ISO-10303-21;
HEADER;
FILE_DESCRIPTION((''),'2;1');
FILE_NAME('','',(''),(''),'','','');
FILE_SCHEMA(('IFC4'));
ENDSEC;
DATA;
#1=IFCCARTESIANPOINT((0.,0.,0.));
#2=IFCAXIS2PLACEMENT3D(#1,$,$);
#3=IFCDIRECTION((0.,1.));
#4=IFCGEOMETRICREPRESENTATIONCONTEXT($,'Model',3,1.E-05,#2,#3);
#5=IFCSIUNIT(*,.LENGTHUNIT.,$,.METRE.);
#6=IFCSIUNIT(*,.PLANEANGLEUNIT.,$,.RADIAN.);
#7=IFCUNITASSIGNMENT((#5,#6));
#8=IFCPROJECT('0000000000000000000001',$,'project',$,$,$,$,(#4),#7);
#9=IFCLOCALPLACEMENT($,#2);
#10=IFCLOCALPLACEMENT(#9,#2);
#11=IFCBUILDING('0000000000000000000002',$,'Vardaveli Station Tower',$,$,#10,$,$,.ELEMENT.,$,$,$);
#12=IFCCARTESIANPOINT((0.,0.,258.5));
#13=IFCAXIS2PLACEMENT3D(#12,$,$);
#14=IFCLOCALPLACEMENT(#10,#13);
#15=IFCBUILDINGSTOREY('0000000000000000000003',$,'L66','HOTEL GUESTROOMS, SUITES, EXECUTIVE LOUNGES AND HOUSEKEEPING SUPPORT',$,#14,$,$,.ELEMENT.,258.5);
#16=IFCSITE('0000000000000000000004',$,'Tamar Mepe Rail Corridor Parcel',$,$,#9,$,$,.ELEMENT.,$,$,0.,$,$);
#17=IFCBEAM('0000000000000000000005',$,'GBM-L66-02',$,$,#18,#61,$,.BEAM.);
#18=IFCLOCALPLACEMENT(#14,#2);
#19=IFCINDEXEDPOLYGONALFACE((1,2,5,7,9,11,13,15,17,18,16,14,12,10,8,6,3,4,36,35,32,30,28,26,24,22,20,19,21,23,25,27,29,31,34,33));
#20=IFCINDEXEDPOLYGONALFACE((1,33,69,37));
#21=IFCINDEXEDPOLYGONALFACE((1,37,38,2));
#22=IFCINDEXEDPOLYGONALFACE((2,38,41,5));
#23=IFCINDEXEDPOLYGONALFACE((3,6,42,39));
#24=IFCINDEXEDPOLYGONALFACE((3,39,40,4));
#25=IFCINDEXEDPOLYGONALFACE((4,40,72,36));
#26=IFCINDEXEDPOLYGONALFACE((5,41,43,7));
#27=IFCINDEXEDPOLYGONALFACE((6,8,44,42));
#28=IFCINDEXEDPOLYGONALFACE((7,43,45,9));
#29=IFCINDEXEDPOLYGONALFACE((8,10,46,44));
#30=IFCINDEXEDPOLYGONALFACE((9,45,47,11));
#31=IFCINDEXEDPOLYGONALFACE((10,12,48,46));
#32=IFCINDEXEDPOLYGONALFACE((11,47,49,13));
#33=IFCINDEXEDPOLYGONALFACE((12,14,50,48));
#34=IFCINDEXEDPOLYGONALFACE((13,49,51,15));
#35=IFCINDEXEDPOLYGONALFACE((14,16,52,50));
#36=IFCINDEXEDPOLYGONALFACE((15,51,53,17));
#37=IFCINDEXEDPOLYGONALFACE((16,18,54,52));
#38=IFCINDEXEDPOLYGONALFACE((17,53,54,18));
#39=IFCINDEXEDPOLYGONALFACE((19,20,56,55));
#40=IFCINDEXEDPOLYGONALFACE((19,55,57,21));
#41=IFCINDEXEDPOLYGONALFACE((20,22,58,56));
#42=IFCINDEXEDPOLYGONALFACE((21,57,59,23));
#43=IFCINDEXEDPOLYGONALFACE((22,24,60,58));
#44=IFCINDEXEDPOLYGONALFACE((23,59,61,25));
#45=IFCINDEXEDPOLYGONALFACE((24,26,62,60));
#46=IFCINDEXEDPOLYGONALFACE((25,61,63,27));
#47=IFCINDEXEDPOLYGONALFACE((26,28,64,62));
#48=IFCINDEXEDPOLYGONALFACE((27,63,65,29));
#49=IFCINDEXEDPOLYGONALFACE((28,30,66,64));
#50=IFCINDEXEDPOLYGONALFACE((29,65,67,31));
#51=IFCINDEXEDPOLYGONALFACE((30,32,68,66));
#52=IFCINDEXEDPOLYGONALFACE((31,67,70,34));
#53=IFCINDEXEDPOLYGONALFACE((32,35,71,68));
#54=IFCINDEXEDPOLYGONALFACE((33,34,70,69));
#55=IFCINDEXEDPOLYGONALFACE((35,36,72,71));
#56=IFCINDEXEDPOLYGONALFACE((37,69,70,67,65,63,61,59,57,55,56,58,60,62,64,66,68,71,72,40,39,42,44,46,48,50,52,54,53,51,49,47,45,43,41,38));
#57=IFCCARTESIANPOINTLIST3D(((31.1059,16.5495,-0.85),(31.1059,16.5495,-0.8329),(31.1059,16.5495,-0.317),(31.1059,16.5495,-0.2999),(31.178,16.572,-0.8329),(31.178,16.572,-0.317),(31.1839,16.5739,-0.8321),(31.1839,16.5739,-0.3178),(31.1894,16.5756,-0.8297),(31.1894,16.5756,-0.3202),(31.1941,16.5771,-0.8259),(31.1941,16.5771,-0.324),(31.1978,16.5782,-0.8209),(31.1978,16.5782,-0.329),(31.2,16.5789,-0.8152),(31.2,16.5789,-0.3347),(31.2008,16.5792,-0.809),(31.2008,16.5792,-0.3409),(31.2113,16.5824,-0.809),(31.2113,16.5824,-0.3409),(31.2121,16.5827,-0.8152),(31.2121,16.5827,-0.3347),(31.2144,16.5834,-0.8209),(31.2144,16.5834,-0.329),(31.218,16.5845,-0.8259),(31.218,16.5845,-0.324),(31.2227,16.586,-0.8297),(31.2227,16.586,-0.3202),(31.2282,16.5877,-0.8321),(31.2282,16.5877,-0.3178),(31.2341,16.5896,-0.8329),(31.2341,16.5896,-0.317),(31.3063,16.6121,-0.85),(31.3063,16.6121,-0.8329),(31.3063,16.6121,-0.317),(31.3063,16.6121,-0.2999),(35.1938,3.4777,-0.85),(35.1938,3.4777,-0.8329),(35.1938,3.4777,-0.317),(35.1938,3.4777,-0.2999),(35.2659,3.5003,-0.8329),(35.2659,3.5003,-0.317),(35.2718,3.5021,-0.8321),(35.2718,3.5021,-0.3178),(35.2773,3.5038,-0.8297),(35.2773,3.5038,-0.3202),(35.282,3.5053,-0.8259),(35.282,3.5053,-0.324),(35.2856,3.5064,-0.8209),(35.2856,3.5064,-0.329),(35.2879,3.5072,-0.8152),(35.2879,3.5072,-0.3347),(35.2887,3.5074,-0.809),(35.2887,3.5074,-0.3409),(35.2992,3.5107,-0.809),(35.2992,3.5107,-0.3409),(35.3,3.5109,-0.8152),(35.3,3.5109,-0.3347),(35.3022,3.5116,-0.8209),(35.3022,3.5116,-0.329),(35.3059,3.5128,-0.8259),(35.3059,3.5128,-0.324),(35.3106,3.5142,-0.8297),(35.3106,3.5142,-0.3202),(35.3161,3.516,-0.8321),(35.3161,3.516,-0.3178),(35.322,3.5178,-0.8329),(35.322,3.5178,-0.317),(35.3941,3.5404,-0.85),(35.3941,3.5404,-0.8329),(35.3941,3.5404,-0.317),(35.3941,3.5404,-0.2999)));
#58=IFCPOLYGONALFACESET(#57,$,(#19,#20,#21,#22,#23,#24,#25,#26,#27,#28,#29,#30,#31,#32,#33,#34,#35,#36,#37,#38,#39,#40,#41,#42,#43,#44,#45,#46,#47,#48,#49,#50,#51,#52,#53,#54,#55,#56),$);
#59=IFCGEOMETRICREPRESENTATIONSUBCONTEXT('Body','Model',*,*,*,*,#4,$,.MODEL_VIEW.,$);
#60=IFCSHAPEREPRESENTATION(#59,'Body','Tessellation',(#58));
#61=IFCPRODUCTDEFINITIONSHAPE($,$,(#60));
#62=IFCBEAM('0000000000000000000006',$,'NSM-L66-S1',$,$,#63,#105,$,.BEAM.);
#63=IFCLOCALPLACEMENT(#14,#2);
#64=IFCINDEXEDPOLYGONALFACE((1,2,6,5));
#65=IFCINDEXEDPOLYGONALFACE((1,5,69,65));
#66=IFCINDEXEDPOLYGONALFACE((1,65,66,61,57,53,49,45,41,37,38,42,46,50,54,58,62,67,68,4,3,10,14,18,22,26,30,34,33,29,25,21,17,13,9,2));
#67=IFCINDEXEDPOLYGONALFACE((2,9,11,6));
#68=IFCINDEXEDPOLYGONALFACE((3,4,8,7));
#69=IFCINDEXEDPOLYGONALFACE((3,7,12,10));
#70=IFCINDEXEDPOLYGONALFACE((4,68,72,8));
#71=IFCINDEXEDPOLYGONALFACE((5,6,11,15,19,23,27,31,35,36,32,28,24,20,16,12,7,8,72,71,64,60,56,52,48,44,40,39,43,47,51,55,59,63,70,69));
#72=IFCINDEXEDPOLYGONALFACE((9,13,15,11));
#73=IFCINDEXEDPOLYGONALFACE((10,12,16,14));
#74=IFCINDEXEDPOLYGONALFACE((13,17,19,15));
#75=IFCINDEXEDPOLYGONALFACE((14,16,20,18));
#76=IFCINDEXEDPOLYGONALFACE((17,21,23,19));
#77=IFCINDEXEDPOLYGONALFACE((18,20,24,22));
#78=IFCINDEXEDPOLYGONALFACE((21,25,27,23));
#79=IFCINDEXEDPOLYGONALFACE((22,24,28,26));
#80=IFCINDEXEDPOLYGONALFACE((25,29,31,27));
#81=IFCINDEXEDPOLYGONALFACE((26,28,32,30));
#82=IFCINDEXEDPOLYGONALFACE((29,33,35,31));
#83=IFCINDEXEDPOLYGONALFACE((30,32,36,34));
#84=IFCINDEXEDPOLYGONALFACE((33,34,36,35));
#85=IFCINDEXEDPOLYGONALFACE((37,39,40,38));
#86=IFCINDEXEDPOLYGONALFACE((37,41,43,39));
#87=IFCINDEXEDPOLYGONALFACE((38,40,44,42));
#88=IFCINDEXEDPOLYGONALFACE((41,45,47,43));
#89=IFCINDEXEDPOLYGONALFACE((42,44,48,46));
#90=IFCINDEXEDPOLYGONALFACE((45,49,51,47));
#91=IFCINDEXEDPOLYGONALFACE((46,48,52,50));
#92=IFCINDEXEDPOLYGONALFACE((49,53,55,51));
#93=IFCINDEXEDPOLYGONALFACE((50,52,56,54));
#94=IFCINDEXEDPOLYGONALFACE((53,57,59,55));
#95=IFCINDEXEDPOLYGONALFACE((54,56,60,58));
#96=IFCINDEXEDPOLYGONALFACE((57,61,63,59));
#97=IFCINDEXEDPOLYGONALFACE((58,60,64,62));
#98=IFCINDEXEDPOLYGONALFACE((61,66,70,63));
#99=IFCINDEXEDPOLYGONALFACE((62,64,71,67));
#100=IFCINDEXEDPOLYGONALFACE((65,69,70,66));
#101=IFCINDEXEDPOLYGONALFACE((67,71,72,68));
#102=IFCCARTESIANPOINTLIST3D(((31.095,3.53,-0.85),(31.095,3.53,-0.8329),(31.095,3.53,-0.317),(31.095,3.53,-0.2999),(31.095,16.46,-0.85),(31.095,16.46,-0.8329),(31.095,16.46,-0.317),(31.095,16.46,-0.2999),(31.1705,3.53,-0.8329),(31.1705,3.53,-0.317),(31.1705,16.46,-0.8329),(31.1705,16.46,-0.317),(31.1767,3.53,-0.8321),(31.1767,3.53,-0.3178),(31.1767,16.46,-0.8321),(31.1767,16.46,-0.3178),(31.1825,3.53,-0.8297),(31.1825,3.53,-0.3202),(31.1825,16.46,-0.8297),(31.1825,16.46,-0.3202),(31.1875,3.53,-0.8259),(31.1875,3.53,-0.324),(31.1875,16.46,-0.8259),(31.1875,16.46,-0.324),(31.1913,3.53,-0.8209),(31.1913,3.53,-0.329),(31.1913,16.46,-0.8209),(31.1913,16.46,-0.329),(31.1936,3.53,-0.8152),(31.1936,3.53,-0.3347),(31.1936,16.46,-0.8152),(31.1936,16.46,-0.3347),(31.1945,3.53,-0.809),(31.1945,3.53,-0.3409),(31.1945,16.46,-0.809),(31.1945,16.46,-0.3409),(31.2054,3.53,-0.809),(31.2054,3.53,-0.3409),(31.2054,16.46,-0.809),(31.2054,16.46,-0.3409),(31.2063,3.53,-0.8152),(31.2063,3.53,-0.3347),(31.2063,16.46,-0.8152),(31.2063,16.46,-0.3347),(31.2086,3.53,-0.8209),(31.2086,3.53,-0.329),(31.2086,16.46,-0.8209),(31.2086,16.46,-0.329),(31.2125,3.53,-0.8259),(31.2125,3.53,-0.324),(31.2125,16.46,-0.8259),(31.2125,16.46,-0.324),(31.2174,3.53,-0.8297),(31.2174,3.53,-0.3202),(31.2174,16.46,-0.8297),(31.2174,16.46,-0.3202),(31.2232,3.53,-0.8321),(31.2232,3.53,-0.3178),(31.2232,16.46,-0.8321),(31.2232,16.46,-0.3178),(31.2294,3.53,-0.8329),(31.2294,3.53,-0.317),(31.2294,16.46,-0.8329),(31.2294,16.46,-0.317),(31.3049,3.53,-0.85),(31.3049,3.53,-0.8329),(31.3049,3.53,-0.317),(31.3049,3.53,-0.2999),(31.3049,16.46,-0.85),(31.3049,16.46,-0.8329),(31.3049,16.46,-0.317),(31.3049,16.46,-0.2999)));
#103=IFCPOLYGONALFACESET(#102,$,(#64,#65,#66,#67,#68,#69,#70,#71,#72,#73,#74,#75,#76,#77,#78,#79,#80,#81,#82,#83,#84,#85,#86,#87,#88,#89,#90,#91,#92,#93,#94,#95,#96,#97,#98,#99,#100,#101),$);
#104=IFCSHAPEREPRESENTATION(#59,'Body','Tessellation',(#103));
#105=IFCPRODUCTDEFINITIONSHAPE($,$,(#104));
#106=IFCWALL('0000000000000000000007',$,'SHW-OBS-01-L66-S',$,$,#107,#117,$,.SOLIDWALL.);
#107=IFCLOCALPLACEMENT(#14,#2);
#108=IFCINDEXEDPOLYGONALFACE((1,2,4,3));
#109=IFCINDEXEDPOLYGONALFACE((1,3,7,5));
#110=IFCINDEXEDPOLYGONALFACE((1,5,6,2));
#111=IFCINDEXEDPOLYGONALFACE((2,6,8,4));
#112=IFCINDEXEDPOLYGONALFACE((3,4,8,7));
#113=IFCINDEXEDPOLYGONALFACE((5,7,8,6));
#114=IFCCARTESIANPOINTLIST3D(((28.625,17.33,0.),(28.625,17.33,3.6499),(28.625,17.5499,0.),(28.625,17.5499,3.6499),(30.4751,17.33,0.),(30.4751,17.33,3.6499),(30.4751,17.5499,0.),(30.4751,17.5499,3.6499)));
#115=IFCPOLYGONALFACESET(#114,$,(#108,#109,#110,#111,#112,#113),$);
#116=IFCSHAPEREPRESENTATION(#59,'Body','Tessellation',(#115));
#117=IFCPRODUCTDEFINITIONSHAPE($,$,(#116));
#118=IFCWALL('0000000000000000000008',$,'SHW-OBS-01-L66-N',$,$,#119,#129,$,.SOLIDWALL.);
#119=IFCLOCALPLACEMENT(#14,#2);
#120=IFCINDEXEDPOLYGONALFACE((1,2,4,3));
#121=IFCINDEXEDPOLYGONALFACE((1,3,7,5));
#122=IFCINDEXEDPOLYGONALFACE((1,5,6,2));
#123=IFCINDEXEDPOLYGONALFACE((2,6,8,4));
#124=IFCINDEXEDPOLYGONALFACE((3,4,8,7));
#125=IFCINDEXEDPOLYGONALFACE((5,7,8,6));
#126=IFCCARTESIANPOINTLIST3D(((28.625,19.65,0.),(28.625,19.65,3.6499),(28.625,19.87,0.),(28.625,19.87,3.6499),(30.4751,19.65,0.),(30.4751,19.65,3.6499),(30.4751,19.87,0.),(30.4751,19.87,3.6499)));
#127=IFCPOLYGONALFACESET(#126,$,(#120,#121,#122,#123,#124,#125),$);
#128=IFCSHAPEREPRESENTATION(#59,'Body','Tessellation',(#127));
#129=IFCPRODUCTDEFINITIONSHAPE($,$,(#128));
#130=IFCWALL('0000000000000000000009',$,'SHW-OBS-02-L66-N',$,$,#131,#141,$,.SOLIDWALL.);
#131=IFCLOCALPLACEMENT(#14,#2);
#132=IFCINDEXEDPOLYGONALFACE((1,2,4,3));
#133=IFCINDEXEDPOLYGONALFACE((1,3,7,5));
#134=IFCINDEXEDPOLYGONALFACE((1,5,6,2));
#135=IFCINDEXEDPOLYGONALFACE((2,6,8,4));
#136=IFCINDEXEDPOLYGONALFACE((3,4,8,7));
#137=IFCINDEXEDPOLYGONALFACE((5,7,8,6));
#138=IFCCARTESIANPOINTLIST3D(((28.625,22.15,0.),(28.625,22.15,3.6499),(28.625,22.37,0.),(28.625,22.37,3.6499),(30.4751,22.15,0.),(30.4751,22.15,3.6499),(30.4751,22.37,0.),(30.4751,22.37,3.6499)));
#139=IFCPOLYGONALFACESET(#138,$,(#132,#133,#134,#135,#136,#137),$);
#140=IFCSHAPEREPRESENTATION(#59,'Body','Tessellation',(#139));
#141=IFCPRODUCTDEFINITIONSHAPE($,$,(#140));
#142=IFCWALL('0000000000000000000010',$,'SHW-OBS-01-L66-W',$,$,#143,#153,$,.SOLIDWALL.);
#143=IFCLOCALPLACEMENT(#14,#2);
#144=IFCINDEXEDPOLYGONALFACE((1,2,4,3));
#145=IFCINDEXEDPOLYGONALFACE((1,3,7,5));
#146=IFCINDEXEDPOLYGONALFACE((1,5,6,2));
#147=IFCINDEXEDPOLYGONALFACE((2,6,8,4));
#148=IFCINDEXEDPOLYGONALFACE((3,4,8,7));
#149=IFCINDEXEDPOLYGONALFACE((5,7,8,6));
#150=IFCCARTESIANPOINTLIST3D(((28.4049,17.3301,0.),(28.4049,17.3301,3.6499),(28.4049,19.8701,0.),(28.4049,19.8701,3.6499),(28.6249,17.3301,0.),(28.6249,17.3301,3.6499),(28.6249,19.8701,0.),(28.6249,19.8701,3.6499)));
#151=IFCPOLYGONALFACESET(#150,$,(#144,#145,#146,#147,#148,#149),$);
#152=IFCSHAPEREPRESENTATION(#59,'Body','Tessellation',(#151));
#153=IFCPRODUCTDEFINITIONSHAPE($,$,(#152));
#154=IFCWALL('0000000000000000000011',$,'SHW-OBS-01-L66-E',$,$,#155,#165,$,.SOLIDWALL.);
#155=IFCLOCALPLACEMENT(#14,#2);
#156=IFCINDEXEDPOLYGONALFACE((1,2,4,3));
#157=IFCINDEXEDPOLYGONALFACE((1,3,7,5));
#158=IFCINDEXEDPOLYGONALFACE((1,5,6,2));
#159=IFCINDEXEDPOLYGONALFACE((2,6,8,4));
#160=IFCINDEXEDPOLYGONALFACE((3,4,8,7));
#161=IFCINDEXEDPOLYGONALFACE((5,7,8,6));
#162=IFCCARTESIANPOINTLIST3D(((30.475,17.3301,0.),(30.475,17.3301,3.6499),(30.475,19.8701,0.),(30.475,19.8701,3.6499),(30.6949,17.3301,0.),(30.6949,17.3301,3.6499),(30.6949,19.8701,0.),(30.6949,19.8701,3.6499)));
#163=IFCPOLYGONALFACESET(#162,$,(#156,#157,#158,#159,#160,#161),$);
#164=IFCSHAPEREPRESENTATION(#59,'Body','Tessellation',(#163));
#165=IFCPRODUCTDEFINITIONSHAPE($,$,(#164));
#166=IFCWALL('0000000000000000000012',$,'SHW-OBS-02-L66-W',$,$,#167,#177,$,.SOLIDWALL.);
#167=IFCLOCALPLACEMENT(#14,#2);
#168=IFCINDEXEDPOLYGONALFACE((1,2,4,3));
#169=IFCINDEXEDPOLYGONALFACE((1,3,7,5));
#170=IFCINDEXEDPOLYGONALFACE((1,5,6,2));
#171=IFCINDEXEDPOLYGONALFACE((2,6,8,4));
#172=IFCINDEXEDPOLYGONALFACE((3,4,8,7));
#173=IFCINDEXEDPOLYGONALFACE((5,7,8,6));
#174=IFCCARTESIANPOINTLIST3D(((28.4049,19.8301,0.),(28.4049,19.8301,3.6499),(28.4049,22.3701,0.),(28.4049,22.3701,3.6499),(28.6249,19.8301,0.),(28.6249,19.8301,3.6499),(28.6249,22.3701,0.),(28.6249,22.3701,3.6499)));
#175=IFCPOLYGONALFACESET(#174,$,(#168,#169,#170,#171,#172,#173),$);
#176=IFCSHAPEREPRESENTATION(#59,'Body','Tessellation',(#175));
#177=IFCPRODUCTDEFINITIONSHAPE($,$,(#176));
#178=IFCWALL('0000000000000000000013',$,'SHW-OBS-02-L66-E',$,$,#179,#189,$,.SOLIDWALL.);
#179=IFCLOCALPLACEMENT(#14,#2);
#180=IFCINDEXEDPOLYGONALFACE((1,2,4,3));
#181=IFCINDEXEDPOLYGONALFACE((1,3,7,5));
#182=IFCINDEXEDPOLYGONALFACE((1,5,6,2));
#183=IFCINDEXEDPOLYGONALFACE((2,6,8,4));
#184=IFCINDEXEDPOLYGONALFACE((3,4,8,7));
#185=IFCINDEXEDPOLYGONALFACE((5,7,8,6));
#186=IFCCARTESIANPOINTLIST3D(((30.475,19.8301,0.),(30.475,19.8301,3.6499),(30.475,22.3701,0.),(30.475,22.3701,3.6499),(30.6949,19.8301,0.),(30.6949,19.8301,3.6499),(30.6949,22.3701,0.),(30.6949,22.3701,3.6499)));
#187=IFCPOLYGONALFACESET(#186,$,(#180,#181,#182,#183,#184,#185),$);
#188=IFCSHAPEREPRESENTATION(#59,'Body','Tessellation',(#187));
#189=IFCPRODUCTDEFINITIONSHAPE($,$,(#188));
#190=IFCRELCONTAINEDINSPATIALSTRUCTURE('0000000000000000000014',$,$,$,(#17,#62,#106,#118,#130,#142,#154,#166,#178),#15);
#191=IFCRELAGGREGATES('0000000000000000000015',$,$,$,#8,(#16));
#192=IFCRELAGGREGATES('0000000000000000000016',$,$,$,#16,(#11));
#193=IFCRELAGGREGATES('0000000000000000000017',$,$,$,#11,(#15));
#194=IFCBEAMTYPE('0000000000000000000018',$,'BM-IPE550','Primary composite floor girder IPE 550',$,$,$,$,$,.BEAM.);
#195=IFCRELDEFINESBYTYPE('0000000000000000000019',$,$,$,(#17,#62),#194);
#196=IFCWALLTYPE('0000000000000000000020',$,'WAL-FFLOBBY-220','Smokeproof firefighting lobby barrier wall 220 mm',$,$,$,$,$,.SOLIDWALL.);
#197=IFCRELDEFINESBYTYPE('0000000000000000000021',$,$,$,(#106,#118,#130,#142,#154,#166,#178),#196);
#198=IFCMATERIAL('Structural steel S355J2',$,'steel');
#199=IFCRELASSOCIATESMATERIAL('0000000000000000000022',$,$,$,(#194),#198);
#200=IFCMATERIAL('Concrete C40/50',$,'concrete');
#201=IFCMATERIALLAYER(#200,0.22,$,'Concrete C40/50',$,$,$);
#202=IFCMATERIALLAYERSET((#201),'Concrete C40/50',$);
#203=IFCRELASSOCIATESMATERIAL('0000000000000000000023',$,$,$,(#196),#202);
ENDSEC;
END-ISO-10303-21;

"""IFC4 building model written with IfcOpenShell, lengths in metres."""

from ifc_helpers import new_model, si_unit, direction, frame, frame_2d, origin, origin_2d, place, context, subcontext, project, spatial, rectangle, i_section, extrude, source, transform, mapped, material, layer, layer_set, material_profile, profile_set, type_object, element, save


model = new_model("IFC4")

# Units and contexts
model_context = context("Model", 3, precision=1e-05, world=origin(), true_north=direction((0.0, 1.0)))
body_context = subcontext(model_context, "Body", "Model", "MODEL_VIEW")
ifc_project = project(units=[si_unit("LENGTHUNIT", "METRE"), si_unit("PLANEANGLEUNIT", "RADIAN")], contexts=[model_context])

# Site, building, storey
site_placement = place(None, origin())
site = spatial("IfcSite", under=ifc_project, at=site_placement, Name="Tamar Mepe Rail Corridor Parcel", CompositionType="ELEMENT", RefElevation=0.0)
building_placement = place(site_placement, origin())
building = spatial("IfcBuilding", under=site, at=building_placement, Name="Vardaveli Station Tower", CompositionType="ELEMENT")
storey_placement = place(building_placement, frame((0.0, 0.0, 258.5)))
storey = spatial("IfcBuildingStorey", under=building, at=storey_placement, Name="L66", Description="HOTEL GUESTROOMS, SUITES, EXECUTIVE LOUNGES AND HOUSEKEEPING SUPPORT", CompositionType="ELEMENT", Elevation=258.5)

# Beams
ifc_material_1 = material(Name="Structural steel S355J2", Category="steel")
ifc_material_profile_1 = material_profile(ifc_material_1, i_section(OverallWidth=0.21, OverallDepth=0.55, WebThickness=0.011, FlangeThickness=0.0171, FilletRadius=0.0239, at=origin_2d()), Name="IPE 550")
ifc_profile_set_1 = profile_set([ifc_material_profile_1], Name="Structural steel S355J2")
beam_type_1 = type_object("IfcBeamType", Name="BM-IPE550", Description="Primary composite floor girder IPE 550", PredefinedType="BEAM", material=ifc_profile_set_1)
shared_shape_1 = source(origin(), body_context, "Body", "SweptSolid", [
    extrude(i_section(OverallWidth=0.21, OverallDepth=0.55, WebThickness=0.011, FlangeThickness=0.0171, FilletRadius=0.0239, at=origin_2d()), origin(), (0.0, 0.0, 1.0), 13.696),
])
beam_1_placement = place(storey_placement, frame((35.2939, 3.509, -0.575), z_axis=(-0.298472, 0.954418, 0.0), x_axis=(-0.954418, -0.298472, 0.0)))
element("IfcBeam", 1, at=beam_1_placement, inside=storey, type_object=beam_type_1, Name="GBM-L66-02", PredefinedType="BEAM", context=body_context, shape_type="MappedRepresentation", body=[
    mapped(shared_shape_1, transform((0.0, 0.0, 0.0), scale=1.0)),
])
shared_shape_2 = source(origin(), body_context, "Body", "SweptSolid", [
    extrude(i_section(OverallWidth=0.21, OverallDepth=0.55, WebThickness=0.011, FlangeThickness=0.0171, FilletRadius=0.0239, at=origin_2d()), origin(), (0.0, 0.0, 1.0), 12.9299),
])
beam_2_placement = place(storey_placement, frame((31.2, 3.53, -0.575), z_axis=(0.0, 1.0, 0.0), x_axis=(-1.0, 0.0, 0.0)))
element("IfcBeam", 2, at=beam_2_placement, inside=storey, type_object=beam_type_1, Name="NSM-L66-S1", PredefinedType="BEAM", context=body_context, shape_type="MappedRepresentation", body=[
    mapped(shared_shape_2, transform((0.0, 0.0, 0.0), scale=1.0)),
])

# Walls
ifc_material_2 = material(Name="Concrete C40/50", Category="concrete")
ifc_layer_1 = layer(ifc_material_2, 0.22, Name="Concrete C40/50")
ifc_layer_set_1 = layer_set([ifc_layer_1], Name="Concrete C40/50")
wall_type_1 = type_object("IfcWallType", Name="WAL-FFLOBBY-220", Description="Smokeproof firefighting lobby barrier wall 220 mm", PredefinedType="SOLIDWALL", material=ifc_layer_set_1)
shared_shape_3 = source(origin(), body_context, "Body", "SweptSolid", [
    extrude(rectangle(XDim=1.8501, YDim=0.22, at=frame_2d((0.925, 0.0))), origin(), (0.0, 0.0, 1.0), 3.6499),
])
for number, where, z_axis, x_axis, name in (
    (3, (28.625, 17.4399, 0.0), (0.0, 0.0, 1.0), (1.0, 0.0, 0.0), "SHW-OBS-01-L66-S"),
    (4, (28.625, 19.76, 0.0), (0.0, 0.0, 1.0), (1.0, 0.0, 0.0), "SHW-OBS-01-L66-N"),
    (5, (28.625, 22.26, 0.0), (0.0, 0.0, 1.0), (1.0, 0.0, 0.0), "SHW-OBS-02-L66-N"),
):
    element("IfcWall", number, at=place(storey_placement, frame(where, z_axis=z_axis, x_axis=x_axis)), inside=storey, type_object=wall_type_1, Name=name, PredefinedType="SOLIDWALL", context=body_context, shape_type="MappedRepresentation", body=[
        mapped(shared_shape_3, transform((0.0, 0.0, 0.0), scale=1.0)),
    ])
shared_shape_4 = source(origin(), body_context, "Body", "SweptSolid", [
    extrude(rectangle(XDim=2.54, YDim=0.22, at=frame_2d((1.27, 0.0))), origin(), (0.0, 0.0, 1.0), 3.6499),
])
for number, where, z_axis, x_axis, name in (
    (6, (28.5149, 17.3301, 0.0), (0.0, 0.0, 1.0), (0.0, 1.0, 0.0), "SHW-OBS-01-L66-W"),
    (7, (30.585, 17.3301, 0.0), (0.0, 0.0, 1.0), (0.0, 1.0, 0.0), "SHW-OBS-01-L66-E"),
    (8, (28.5149, 19.8301, 0.0), (0.0, 0.0, 1.0), (0.0, 1.0, 0.0), "SHW-OBS-02-L66-W"),
    (9, (30.585, 19.8301, 0.0), (0.0, 0.0, 1.0), (0.0, 1.0, 0.0), "SHW-OBS-02-L66-E"),
):
    element("IfcWall", number, at=place(storey_placement, frame(where, z_axis=z_axis, x_axis=x_axis)), inside=storey, type_object=wall_type_1, Name=name, PredefinedType="SOLIDWALL", context=body_context, shape_type="MappedRepresentation", body=[
        mapped(shared_shape_4, transform((0.0, 0.0, 0.0), scale=1.0)),
    ])

save(model, "model.ifc")
